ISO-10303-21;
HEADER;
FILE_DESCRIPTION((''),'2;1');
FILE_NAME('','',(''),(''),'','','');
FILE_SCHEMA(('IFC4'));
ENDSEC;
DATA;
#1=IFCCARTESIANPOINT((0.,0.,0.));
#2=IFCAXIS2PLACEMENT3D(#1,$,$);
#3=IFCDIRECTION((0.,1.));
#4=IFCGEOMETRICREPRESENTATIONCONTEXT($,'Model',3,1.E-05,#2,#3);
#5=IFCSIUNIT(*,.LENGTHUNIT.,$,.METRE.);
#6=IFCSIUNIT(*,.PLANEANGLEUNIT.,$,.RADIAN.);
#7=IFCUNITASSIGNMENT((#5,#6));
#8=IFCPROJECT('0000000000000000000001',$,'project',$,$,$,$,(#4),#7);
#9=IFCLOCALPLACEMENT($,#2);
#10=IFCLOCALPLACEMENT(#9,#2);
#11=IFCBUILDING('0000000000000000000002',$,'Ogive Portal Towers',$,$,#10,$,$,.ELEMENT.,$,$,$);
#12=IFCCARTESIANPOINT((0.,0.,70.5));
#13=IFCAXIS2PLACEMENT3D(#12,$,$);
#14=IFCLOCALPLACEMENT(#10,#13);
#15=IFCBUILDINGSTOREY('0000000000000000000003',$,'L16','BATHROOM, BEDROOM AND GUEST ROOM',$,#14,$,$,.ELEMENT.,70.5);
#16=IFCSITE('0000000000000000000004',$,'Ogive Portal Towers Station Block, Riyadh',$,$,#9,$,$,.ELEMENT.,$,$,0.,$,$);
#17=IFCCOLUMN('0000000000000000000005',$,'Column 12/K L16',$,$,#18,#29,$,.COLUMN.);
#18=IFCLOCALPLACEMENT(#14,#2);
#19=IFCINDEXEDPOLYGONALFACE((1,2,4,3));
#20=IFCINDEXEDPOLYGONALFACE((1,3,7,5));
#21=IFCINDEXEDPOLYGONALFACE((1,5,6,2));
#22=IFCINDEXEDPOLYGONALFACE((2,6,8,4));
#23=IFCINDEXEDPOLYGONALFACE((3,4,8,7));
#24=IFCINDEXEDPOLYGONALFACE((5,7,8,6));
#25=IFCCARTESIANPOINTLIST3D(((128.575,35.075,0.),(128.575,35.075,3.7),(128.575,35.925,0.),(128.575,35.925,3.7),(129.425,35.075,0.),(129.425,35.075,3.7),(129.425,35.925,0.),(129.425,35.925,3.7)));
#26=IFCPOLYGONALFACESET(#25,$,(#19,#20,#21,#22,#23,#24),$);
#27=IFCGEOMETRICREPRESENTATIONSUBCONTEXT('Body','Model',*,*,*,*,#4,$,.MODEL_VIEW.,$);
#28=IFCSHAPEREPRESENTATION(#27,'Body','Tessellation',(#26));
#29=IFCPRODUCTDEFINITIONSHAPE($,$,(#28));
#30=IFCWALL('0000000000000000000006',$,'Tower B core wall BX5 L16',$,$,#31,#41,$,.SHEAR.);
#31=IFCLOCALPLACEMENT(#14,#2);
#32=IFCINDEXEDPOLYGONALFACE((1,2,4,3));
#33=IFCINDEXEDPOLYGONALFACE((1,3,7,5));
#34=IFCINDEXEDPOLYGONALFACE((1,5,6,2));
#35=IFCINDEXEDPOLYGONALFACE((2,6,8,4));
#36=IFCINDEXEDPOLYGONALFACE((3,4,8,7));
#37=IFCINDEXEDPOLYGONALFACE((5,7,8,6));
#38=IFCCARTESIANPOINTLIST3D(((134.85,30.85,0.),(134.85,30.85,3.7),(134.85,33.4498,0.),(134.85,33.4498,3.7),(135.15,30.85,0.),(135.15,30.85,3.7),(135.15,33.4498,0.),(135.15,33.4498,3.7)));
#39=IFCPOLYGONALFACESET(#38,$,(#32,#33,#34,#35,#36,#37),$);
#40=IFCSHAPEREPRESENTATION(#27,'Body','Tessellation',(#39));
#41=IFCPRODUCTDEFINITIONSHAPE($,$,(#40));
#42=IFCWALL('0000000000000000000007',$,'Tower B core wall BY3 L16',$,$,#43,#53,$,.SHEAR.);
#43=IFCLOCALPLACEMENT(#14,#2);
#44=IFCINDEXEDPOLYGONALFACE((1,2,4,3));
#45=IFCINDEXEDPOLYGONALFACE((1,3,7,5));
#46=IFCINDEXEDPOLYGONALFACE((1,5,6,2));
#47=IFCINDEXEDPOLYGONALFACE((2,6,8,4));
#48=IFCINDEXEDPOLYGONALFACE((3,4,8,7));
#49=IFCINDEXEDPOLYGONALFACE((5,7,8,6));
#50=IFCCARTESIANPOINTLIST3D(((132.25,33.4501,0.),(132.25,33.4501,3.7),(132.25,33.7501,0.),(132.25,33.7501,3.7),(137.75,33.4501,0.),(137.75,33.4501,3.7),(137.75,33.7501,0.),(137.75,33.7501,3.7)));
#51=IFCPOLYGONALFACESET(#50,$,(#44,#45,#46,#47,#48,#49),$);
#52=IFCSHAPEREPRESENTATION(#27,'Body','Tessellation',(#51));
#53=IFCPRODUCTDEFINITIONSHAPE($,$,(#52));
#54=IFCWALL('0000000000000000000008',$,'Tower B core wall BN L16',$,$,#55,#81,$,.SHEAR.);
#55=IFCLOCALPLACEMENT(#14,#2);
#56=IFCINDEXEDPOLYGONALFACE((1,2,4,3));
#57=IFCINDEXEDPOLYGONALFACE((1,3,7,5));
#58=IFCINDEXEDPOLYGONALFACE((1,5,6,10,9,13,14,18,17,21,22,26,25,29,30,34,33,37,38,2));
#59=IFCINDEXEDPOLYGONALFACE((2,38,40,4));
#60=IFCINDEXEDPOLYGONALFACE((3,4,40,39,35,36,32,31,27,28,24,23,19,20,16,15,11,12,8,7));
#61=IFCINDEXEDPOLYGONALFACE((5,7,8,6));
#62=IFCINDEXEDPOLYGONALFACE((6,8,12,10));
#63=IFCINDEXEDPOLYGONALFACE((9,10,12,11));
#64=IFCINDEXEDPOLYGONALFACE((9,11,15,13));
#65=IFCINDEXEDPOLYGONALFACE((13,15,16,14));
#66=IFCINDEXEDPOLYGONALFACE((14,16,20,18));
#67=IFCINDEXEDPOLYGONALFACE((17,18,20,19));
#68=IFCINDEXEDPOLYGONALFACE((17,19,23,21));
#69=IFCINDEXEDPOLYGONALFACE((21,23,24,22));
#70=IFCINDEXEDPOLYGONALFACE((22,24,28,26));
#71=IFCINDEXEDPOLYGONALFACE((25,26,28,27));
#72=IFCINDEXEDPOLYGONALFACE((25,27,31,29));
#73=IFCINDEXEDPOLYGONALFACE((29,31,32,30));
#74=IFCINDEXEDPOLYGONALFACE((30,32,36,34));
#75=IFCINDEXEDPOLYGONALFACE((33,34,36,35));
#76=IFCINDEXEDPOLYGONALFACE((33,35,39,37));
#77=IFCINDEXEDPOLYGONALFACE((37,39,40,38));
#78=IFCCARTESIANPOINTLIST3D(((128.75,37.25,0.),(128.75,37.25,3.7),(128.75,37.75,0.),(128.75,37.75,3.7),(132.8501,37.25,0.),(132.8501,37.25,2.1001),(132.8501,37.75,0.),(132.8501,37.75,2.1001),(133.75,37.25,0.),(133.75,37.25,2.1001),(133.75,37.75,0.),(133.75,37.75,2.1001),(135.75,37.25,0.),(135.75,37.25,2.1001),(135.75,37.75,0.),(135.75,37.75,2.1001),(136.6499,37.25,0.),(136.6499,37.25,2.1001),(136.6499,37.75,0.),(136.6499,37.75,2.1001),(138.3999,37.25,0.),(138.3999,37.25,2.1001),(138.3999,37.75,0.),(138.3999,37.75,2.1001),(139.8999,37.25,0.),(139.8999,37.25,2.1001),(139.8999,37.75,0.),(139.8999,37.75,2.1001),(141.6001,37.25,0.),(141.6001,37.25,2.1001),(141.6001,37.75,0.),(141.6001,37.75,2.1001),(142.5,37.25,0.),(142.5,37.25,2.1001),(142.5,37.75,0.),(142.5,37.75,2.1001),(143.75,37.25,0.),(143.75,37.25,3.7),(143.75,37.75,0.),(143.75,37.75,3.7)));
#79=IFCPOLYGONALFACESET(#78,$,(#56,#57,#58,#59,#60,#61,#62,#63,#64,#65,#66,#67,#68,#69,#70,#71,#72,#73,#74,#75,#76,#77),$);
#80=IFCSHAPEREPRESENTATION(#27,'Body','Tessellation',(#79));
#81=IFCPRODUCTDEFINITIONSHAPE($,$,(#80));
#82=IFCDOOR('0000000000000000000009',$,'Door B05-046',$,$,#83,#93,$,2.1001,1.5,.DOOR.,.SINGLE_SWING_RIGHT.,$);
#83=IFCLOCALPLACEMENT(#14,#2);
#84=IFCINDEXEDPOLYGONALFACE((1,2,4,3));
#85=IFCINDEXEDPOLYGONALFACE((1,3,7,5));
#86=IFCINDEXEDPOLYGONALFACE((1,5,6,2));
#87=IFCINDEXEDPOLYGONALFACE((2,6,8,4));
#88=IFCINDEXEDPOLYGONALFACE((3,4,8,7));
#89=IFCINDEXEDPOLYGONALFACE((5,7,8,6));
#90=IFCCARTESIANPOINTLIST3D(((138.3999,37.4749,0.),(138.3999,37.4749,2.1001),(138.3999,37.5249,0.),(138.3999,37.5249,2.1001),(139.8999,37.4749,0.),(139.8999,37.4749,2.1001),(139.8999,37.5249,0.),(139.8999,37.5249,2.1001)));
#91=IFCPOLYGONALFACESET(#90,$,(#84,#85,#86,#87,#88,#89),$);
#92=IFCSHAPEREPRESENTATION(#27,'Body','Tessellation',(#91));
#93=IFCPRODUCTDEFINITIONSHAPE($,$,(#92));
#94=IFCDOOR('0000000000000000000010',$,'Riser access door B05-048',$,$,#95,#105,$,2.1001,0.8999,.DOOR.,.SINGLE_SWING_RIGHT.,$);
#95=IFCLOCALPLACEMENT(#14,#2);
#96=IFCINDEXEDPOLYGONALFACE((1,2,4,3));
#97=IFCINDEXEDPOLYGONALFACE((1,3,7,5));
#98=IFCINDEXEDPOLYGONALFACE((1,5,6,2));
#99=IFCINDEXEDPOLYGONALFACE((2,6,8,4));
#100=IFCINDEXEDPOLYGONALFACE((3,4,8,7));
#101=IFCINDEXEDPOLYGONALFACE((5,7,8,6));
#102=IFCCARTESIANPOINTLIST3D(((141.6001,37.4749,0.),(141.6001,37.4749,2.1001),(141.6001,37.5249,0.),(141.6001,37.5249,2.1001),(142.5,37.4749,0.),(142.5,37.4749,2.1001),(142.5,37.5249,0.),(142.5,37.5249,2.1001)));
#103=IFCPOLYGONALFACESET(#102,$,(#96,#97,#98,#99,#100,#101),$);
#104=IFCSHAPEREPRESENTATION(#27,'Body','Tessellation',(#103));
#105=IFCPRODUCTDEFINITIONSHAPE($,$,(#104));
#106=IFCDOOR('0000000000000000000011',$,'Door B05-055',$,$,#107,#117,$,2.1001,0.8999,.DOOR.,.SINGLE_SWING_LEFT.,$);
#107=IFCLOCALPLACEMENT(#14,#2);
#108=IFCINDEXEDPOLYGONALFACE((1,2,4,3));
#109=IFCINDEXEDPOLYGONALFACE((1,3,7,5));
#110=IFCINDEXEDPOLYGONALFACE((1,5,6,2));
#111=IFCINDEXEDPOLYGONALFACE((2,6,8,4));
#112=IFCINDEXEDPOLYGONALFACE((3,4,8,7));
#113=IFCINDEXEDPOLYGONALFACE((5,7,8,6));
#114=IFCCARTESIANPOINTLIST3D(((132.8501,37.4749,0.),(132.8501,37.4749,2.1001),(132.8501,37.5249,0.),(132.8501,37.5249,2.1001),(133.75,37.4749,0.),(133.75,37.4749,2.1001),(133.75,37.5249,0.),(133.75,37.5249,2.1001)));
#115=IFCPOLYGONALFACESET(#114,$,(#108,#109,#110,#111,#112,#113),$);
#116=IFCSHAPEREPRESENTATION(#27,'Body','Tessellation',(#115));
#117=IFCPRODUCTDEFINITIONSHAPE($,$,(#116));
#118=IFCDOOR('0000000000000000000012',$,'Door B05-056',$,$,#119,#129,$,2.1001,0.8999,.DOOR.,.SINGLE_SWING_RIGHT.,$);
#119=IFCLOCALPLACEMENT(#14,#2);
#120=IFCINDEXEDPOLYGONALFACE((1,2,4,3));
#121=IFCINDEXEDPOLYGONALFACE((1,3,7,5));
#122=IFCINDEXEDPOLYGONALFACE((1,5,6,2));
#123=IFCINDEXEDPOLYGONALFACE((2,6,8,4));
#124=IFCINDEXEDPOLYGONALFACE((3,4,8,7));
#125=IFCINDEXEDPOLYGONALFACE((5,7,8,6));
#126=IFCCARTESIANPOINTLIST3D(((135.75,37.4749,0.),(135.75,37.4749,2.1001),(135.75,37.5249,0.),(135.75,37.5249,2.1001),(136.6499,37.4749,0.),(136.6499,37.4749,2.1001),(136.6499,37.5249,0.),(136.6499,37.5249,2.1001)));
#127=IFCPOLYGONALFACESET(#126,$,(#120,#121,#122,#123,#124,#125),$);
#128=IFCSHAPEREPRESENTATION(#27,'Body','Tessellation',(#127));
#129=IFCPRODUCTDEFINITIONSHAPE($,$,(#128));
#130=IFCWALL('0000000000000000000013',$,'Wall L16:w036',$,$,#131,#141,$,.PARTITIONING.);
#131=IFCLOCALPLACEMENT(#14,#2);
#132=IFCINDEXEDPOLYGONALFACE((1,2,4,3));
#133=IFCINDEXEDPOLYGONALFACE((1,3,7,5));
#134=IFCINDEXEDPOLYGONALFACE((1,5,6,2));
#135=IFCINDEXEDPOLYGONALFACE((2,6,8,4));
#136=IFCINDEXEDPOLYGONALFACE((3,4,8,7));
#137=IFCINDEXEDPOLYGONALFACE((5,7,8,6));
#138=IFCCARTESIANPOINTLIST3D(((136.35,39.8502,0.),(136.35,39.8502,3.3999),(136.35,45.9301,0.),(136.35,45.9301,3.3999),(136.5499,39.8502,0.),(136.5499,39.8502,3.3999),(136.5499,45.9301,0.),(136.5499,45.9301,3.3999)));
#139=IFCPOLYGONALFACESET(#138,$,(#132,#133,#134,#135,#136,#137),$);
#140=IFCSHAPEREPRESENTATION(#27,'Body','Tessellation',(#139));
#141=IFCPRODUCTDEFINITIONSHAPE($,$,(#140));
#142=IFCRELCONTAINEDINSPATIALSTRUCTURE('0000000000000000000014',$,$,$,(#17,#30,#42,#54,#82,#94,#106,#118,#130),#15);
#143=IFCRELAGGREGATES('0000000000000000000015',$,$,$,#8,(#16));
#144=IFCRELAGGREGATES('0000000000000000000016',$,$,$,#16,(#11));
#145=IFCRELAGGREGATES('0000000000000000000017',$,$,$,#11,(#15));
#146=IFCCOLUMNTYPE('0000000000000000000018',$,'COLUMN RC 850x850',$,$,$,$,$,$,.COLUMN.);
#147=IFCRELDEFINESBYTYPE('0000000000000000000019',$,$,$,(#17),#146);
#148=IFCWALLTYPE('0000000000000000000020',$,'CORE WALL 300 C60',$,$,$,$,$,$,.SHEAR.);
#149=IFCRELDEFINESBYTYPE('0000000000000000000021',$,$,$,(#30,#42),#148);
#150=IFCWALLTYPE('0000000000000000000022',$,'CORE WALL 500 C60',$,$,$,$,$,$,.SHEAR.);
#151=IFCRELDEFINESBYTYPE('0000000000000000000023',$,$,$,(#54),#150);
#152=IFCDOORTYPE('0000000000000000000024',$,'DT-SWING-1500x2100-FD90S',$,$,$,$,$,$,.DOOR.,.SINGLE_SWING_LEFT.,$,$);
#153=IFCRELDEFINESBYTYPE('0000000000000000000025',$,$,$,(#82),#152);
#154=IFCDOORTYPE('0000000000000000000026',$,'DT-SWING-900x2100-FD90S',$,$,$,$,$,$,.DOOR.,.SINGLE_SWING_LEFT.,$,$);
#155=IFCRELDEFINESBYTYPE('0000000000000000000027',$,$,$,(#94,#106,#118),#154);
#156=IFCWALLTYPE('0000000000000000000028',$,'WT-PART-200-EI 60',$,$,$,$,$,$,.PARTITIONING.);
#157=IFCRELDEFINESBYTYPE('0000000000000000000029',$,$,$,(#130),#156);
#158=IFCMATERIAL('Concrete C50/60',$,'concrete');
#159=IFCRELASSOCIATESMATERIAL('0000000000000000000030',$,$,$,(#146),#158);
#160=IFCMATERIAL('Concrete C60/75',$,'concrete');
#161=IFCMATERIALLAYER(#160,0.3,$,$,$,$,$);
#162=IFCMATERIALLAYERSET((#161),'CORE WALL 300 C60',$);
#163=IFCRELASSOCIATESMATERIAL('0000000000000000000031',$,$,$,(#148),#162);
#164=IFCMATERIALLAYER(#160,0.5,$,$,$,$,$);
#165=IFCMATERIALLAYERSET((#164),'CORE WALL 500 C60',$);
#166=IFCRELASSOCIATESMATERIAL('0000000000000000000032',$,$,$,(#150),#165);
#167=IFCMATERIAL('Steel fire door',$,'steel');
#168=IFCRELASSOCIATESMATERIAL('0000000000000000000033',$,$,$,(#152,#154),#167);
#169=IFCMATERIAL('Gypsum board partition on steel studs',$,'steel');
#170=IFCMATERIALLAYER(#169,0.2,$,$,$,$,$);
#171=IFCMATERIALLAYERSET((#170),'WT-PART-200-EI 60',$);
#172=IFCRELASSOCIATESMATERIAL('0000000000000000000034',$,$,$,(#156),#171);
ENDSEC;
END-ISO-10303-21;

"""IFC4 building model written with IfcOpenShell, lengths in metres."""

from ifc_helpers import new_model, si_unit, direction, frame, frame_2d, origin, origin_2d, place, context, subcontext, project, spatial, rectangle, extrude, material, layer, layer_set, material_profile, profile_set, type_object, element, fill, save


model = new_model("IFC4")

# Units and contexts
model_context = context("Model", 3, precision=1e-05, world=origin(), true_north=direction((0.0, 1.0)))
body_context = subcontext(model_context, "Body", "Model", "MODEL_VIEW")
ifc_project = project(units=[si_unit("LENGTHUNIT", "METRE"), si_unit("PLANEANGLEUNIT", "RADIAN")], contexts=[model_context])

# Site, building, storey
site_placement = place(None, origin())
site = spatial("IfcSite", under=ifc_project, at=site_placement, Name="Ogive Portal Towers Station Block, Riyadh", CompositionType="ELEMENT", RefElevation=0.0)
building_placement = place(site_placement, origin())
building = spatial("IfcBuilding", under=site, at=building_placement, Name="Ogive Portal Towers", CompositionType="ELEMENT")
storey_placement = place(building_placement, frame((0.0, 0.0, 70.5)))
storey = spatial("IfcBuildingStorey", under=building, at=storey_placement, Name="L16", Description="BATHROOM, BEDROOM AND GUEST ROOM", CompositionType="ELEMENT", Elevation=70.5)

# Column
ifc_material_1 = material(Name="Concrete C50/60", Category="concrete")
ifc_material_profile = material_profile(ifc_material_1, rectangle(XDim=0.8501, YDim=0.8501, at=origin_2d()), Name="RC 850x850")
ifc_profile_set = profile_set([ifc_material_profile], Name="Concrete C50/60")
column_type = type_object("IfcColumnType", Name="COLUMN RC 850x850", PredefinedType="COLUMN", material=ifc_profile_set)
column_placement = place(storey_placement, frame((129.0, 35.5, 0.0), z_axis=(0.0, 0.0, 1.0), x_axis=(1.0, 0.0, 0.0)))
element("IfcColumn", 1, at=column_placement, inside=storey, type_object=column_type, Name="Column 12/K L16", PredefinedType="COLUMN", context=body_context, shape_type="SweptSolid", body=[
    extrude(rectangle(XDim=0.8501, YDim=0.8501, at=origin_2d()), origin(), (0.0, 0.0, 1.0), 3.7),
])

# Wall
ifc_material_2 = material(Name="Concrete C60/75", Category="concrete")
ifc_layer_1 = layer(ifc_material_2, 0.3)
ifc_layer_set_1 = layer_set([ifc_layer_1], Name="CORE WALL 300 C60")
wall_type_1 = type_object("IfcWallType", Name="CORE WALL 300 C60", PredefinedType="SHEAR", material=ifc_layer_set_1)
wall_1_placement = place(storey_placement, frame((135.0, 30.8501, 0.0), z_axis=(0.0, 0.0, 1.0), x_axis=(0.0, 1.0, 0.0)))
element("IfcWall", 2, at=wall_1_placement, inside=storey, type_object=wall_type_1, Name="Tower B core wall BX5 L16", PredefinedType="SHEAR", context=body_context, shape_type="SweptSolid", body=[
    extrude(rectangle(XDim=2.5999, YDim=0.3, at=frame_2d((1.2998, 0.0))), origin(), (0.0, 0.0, 1.0), 3.7),
])

# Wall
wall_2_placement = place(storey_placement, frame((132.25, 33.6001, 0.0), z_axis=(0.0, 0.0, 1.0), x_axis=(1.0, 0.0, 0.0)))
element("IfcWall", 3, at=wall_2_placement, inside=storey, type_object=wall_type_1, Name="Tower B core wall BY3 L16", PredefinedType="SHEAR", context=body_context, shape_type="SweptSolid", body=[
    extrude(rectangle(XDim=5.5, YDim=0.3, at=frame_2d((2.75, 0.0))), origin(), (0.0, 0.0, 1.0), 3.7),
])

# Wall, openings, doors
ifc_layer_2 = layer(ifc_material_2, 0.5)
ifc_layer_set_2 = layer_set([ifc_layer_2], Name="CORE WALL 500 C60")
wall_type_2 = type_object("IfcWallType", Name="CORE WALL 500 C60", PredefinedType="SHEAR", material=ifc_layer_set_2)
wall_3_placement = place(storey_placement, frame((128.75, 37.5, 0.0), z_axis=(0.0, 0.0, 1.0), x_axis=(1.0, 0.0, 0.0)))
wall_3 = element("IfcWall", 4, at=wall_3_placement, inside=storey, type_object=wall_type_2, Name="Tower B core wall BN L16", PredefinedType="SHEAR", context=body_context, shape_type="SweptSolid", body=[
    extrude(rectangle(XDim=15.0, YDim=0.5, at=frame_2d((7.5, 0.0))), origin(), (0.0, 0.0, 1.0), 3.7),
])
opening_1_placement = place(wall_3_placement, frame((9.6499, 0.0, 0.0)))
opening_1 = element("IfcOpeningElement", 5, at=opening_1_placement, cuts=wall_3, PredefinedType="OPENING", context=body_context, shape_type="SweptSolid", body=[
    extrude(rectangle(XDim=1.5, YDim=2.1001, at=frame_2d((0.75, 1.05))), frame((0.0, 0.26, 0.0), z_axis=(0.0, -1.0, 0.0), x_axis=(1.0, 0.0, 0.0)), (0.0, 0.0, 1.0), 0.52),
])
opening_2_placement = place(wall_3_placement, frame((12.8501, 0.0, 0.0)))
opening_2 = element("IfcOpeningElement", 6, at=opening_2_placement, cuts=wall_3, PredefinedType="OPENING", context=body_context, shape_type="SweptSolid", body=[
    extrude(rectangle(XDim=0.8999, YDim=2.1001, at=frame_2d((0.45, 1.05))), frame((0.0, 0.26, 0.0), z_axis=(0.0, -1.0, 0.0), x_axis=(1.0, 0.0, 0.0)), (0.0, 0.0, 1.0), 0.52),
])
opening_3_placement = place(wall_3_placement, frame((4.1001, 0.0, 0.0)))
opening_3 = element("IfcOpeningElement", 7, at=opening_3_placement, cuts=wall_3, PredefinedType="OPENING", context=body_context, shape_type="SweptSolid", body=[
    extrude(rectangle(XDim=0.8999, YDim=2.1001, at=frame_2d((0.45, 1.05))), frame((0.0, 0.26, 0.0), z_axis=(0.0, -1.0, 0.0), x_axis=(1.0, 0.0, 0.0)), (0.0, 0.0, 1.0), 0.52),
])
opening_4_placement = place(wall_3_placement, frame((7.0, 0.0, 0.0)))
opening_4 = element("IfcOpeningElement", 8, at=opening_4_placement, cuts=wall_3, PredefinedType="OPENING", context=body_context, shape_type="SweptSolid", body=[
    extrude(rectangle(XDim=0.8999, YDim=2.1001, at=frame_2d((0.45, 1.05))), frame((0.0, 0.26, 0.0), z_axis=(0.0, -1.0, 0.0), x_axis=(1.0, 0.0, 0.0)), (0.0, 0.0, 1.0), 0.52),
])
ifc_material_3 = material(Name="Steel fire door", Category="steel")
door_type_1 = type_object("IfcDoorType", Name="DT-SWING-1500x2100-FD90S", OperationType="SINGLE_SWING_LEFT", PredefinedType="DOOR", material=ifc_material_3)
door_1_placement = place(opening_1_placement, origin())
door_1 = element("IfcDoor", 9, at=door_1_placement, inside=storey, type_object=door_type_1, Name="Door B05-046", OperationType="SINGLE_SWING_RIGHT", OverallHeight=2.1001, OverallWidth=1.5, PredefinedType="DOOR", context=body_context, shape_type="SweptSolid", body=[
    extrude(rectangle(XDim=1.5, YDim=2.1001, at=frame_2d((0.75, 1.05))), frame((0.0, 0.0249, 0.0), z_axis=(0.0, -1.0, 0.0), x_axis=(1.0, 0.0, 0.0)), (0.0, 0.0, 1.0), 0.05),
])
fill(opening_1, door_1)
door_type_2 = type_object("IfcDoorType", Name="DT-SWING-900x2100-FD90S", OperationType="SINGLE_SWING_LEFT", PredefinedType="DOOR", material=ifc_material_3)
door_2_placement = place(opening_2_placement, origin())
door_2 = element("IfcDoor", 10, at=door_2_placement, inside=storey, type_object=door_type_2, Name="Riser access door B05-048", OperationType="SINGLE_SWING_RIGHT", OverallHeight=2.1001, OverallWidth=0.8999, PredefinedType="DOOR", context=body_context, shape_type="SweptSolid", body=[
    extrude(rectangle(XDim=0.8999, YDim=2.1001, at=frame_2d((0.45, 1.05))), frame((0.0, 0.0249, 0.0), z_axis=(0.0, -1.0, 0.0), x_axis=(1.0, 0.0, 0.0)), (0.0, 0.0, 1.0), 0.05),
])
fill(opening_2, door_2)
door_3_placement = place(opening_3_placement, origin())
door_3 = element("IfcDoor", 11, at=door_3_placement, inside=storey, type_object=door_type_2, Name="Door B05-055", OperationType="SINGLE_SWING_LEFT", OverallHeight=2.1001, OverallWidth=0.8999, PredefinedType="DOOR", context=body_context, shape_type="SweptSolid", body=[
    extrude(rectangle(XDim=0.8999, YDim=2.1001, at=frame_2d((0.45, 1.05))), frame((0.0, 0.0249, 0.0), z_axis=(0.0, -1.0, 0.0), x_axis=(1.0, 0.0, 0.0)), (0.0, 0.0, 1.0), 0.05),
])
fill(opening_3, door_3)
door_4_placement = place(opening_4_placement, origin())
door_4 = element("IfcDoor", 12, at=door_4_placement, inside=storey, type_object=door_type_2, Name="Door B05-056", OperationType="SINGLE_SWING_RIGHT", OverallHeight=2.1001, OverallWidth=0.8999, PredefinedType="DOOR", context=body_context, shape_type="SweptSolid", body=[
    extrude(rectangle(XDim=0.8999, YDim=2.1001, at=frame_2d((0.45, 1.05))), frame((0.0, 0.0249, 0.0), z_axis=(0.0, -1.0, 0.0), x_axis=(1.0, 0.0, 0.0)), (0.0, 0.0, 1.0), 0.05),
])
fill(opening_4, door_4)

# Wall
ifc_material_4 = material(Name="Gypsum board partition on steel studs", Category="steel")
ifc_layer_3 = layer(ifc_material_4, 0.2)
ifc_layer_set_3 = layer_set([ifc_layer_3], Name="WT-PART-200-EI 60")
wall_type_3 = type_object("IfcWallType", Name="WT-PART-200-EI 60", PredefinedType="PARTITIONING", material=ifc_layer_set_3)
wall_4_placement = place(storey_placement, frame((136.45, 39.8501, 0.0), z_axis=(0.0, 0.0, 1.0), x_axis=(0.0, 1.0, 0.0)))
element("IfcWall", 13, at=wall_4_placement, inside=storey, type_object=wall_type_3, Name="Wall L16:w036", PredefinedType="PARTITIONING", context=body_context, shape_type="SweptSolid", body=[
    extrude(rectangle(XDim=6.0798, YDim=0.2, at=frame_2d((3.04, 0.0))), origin(), (0.0, 0.0, 1.0), 3.3999),
])

save(model, "model.ifc")
